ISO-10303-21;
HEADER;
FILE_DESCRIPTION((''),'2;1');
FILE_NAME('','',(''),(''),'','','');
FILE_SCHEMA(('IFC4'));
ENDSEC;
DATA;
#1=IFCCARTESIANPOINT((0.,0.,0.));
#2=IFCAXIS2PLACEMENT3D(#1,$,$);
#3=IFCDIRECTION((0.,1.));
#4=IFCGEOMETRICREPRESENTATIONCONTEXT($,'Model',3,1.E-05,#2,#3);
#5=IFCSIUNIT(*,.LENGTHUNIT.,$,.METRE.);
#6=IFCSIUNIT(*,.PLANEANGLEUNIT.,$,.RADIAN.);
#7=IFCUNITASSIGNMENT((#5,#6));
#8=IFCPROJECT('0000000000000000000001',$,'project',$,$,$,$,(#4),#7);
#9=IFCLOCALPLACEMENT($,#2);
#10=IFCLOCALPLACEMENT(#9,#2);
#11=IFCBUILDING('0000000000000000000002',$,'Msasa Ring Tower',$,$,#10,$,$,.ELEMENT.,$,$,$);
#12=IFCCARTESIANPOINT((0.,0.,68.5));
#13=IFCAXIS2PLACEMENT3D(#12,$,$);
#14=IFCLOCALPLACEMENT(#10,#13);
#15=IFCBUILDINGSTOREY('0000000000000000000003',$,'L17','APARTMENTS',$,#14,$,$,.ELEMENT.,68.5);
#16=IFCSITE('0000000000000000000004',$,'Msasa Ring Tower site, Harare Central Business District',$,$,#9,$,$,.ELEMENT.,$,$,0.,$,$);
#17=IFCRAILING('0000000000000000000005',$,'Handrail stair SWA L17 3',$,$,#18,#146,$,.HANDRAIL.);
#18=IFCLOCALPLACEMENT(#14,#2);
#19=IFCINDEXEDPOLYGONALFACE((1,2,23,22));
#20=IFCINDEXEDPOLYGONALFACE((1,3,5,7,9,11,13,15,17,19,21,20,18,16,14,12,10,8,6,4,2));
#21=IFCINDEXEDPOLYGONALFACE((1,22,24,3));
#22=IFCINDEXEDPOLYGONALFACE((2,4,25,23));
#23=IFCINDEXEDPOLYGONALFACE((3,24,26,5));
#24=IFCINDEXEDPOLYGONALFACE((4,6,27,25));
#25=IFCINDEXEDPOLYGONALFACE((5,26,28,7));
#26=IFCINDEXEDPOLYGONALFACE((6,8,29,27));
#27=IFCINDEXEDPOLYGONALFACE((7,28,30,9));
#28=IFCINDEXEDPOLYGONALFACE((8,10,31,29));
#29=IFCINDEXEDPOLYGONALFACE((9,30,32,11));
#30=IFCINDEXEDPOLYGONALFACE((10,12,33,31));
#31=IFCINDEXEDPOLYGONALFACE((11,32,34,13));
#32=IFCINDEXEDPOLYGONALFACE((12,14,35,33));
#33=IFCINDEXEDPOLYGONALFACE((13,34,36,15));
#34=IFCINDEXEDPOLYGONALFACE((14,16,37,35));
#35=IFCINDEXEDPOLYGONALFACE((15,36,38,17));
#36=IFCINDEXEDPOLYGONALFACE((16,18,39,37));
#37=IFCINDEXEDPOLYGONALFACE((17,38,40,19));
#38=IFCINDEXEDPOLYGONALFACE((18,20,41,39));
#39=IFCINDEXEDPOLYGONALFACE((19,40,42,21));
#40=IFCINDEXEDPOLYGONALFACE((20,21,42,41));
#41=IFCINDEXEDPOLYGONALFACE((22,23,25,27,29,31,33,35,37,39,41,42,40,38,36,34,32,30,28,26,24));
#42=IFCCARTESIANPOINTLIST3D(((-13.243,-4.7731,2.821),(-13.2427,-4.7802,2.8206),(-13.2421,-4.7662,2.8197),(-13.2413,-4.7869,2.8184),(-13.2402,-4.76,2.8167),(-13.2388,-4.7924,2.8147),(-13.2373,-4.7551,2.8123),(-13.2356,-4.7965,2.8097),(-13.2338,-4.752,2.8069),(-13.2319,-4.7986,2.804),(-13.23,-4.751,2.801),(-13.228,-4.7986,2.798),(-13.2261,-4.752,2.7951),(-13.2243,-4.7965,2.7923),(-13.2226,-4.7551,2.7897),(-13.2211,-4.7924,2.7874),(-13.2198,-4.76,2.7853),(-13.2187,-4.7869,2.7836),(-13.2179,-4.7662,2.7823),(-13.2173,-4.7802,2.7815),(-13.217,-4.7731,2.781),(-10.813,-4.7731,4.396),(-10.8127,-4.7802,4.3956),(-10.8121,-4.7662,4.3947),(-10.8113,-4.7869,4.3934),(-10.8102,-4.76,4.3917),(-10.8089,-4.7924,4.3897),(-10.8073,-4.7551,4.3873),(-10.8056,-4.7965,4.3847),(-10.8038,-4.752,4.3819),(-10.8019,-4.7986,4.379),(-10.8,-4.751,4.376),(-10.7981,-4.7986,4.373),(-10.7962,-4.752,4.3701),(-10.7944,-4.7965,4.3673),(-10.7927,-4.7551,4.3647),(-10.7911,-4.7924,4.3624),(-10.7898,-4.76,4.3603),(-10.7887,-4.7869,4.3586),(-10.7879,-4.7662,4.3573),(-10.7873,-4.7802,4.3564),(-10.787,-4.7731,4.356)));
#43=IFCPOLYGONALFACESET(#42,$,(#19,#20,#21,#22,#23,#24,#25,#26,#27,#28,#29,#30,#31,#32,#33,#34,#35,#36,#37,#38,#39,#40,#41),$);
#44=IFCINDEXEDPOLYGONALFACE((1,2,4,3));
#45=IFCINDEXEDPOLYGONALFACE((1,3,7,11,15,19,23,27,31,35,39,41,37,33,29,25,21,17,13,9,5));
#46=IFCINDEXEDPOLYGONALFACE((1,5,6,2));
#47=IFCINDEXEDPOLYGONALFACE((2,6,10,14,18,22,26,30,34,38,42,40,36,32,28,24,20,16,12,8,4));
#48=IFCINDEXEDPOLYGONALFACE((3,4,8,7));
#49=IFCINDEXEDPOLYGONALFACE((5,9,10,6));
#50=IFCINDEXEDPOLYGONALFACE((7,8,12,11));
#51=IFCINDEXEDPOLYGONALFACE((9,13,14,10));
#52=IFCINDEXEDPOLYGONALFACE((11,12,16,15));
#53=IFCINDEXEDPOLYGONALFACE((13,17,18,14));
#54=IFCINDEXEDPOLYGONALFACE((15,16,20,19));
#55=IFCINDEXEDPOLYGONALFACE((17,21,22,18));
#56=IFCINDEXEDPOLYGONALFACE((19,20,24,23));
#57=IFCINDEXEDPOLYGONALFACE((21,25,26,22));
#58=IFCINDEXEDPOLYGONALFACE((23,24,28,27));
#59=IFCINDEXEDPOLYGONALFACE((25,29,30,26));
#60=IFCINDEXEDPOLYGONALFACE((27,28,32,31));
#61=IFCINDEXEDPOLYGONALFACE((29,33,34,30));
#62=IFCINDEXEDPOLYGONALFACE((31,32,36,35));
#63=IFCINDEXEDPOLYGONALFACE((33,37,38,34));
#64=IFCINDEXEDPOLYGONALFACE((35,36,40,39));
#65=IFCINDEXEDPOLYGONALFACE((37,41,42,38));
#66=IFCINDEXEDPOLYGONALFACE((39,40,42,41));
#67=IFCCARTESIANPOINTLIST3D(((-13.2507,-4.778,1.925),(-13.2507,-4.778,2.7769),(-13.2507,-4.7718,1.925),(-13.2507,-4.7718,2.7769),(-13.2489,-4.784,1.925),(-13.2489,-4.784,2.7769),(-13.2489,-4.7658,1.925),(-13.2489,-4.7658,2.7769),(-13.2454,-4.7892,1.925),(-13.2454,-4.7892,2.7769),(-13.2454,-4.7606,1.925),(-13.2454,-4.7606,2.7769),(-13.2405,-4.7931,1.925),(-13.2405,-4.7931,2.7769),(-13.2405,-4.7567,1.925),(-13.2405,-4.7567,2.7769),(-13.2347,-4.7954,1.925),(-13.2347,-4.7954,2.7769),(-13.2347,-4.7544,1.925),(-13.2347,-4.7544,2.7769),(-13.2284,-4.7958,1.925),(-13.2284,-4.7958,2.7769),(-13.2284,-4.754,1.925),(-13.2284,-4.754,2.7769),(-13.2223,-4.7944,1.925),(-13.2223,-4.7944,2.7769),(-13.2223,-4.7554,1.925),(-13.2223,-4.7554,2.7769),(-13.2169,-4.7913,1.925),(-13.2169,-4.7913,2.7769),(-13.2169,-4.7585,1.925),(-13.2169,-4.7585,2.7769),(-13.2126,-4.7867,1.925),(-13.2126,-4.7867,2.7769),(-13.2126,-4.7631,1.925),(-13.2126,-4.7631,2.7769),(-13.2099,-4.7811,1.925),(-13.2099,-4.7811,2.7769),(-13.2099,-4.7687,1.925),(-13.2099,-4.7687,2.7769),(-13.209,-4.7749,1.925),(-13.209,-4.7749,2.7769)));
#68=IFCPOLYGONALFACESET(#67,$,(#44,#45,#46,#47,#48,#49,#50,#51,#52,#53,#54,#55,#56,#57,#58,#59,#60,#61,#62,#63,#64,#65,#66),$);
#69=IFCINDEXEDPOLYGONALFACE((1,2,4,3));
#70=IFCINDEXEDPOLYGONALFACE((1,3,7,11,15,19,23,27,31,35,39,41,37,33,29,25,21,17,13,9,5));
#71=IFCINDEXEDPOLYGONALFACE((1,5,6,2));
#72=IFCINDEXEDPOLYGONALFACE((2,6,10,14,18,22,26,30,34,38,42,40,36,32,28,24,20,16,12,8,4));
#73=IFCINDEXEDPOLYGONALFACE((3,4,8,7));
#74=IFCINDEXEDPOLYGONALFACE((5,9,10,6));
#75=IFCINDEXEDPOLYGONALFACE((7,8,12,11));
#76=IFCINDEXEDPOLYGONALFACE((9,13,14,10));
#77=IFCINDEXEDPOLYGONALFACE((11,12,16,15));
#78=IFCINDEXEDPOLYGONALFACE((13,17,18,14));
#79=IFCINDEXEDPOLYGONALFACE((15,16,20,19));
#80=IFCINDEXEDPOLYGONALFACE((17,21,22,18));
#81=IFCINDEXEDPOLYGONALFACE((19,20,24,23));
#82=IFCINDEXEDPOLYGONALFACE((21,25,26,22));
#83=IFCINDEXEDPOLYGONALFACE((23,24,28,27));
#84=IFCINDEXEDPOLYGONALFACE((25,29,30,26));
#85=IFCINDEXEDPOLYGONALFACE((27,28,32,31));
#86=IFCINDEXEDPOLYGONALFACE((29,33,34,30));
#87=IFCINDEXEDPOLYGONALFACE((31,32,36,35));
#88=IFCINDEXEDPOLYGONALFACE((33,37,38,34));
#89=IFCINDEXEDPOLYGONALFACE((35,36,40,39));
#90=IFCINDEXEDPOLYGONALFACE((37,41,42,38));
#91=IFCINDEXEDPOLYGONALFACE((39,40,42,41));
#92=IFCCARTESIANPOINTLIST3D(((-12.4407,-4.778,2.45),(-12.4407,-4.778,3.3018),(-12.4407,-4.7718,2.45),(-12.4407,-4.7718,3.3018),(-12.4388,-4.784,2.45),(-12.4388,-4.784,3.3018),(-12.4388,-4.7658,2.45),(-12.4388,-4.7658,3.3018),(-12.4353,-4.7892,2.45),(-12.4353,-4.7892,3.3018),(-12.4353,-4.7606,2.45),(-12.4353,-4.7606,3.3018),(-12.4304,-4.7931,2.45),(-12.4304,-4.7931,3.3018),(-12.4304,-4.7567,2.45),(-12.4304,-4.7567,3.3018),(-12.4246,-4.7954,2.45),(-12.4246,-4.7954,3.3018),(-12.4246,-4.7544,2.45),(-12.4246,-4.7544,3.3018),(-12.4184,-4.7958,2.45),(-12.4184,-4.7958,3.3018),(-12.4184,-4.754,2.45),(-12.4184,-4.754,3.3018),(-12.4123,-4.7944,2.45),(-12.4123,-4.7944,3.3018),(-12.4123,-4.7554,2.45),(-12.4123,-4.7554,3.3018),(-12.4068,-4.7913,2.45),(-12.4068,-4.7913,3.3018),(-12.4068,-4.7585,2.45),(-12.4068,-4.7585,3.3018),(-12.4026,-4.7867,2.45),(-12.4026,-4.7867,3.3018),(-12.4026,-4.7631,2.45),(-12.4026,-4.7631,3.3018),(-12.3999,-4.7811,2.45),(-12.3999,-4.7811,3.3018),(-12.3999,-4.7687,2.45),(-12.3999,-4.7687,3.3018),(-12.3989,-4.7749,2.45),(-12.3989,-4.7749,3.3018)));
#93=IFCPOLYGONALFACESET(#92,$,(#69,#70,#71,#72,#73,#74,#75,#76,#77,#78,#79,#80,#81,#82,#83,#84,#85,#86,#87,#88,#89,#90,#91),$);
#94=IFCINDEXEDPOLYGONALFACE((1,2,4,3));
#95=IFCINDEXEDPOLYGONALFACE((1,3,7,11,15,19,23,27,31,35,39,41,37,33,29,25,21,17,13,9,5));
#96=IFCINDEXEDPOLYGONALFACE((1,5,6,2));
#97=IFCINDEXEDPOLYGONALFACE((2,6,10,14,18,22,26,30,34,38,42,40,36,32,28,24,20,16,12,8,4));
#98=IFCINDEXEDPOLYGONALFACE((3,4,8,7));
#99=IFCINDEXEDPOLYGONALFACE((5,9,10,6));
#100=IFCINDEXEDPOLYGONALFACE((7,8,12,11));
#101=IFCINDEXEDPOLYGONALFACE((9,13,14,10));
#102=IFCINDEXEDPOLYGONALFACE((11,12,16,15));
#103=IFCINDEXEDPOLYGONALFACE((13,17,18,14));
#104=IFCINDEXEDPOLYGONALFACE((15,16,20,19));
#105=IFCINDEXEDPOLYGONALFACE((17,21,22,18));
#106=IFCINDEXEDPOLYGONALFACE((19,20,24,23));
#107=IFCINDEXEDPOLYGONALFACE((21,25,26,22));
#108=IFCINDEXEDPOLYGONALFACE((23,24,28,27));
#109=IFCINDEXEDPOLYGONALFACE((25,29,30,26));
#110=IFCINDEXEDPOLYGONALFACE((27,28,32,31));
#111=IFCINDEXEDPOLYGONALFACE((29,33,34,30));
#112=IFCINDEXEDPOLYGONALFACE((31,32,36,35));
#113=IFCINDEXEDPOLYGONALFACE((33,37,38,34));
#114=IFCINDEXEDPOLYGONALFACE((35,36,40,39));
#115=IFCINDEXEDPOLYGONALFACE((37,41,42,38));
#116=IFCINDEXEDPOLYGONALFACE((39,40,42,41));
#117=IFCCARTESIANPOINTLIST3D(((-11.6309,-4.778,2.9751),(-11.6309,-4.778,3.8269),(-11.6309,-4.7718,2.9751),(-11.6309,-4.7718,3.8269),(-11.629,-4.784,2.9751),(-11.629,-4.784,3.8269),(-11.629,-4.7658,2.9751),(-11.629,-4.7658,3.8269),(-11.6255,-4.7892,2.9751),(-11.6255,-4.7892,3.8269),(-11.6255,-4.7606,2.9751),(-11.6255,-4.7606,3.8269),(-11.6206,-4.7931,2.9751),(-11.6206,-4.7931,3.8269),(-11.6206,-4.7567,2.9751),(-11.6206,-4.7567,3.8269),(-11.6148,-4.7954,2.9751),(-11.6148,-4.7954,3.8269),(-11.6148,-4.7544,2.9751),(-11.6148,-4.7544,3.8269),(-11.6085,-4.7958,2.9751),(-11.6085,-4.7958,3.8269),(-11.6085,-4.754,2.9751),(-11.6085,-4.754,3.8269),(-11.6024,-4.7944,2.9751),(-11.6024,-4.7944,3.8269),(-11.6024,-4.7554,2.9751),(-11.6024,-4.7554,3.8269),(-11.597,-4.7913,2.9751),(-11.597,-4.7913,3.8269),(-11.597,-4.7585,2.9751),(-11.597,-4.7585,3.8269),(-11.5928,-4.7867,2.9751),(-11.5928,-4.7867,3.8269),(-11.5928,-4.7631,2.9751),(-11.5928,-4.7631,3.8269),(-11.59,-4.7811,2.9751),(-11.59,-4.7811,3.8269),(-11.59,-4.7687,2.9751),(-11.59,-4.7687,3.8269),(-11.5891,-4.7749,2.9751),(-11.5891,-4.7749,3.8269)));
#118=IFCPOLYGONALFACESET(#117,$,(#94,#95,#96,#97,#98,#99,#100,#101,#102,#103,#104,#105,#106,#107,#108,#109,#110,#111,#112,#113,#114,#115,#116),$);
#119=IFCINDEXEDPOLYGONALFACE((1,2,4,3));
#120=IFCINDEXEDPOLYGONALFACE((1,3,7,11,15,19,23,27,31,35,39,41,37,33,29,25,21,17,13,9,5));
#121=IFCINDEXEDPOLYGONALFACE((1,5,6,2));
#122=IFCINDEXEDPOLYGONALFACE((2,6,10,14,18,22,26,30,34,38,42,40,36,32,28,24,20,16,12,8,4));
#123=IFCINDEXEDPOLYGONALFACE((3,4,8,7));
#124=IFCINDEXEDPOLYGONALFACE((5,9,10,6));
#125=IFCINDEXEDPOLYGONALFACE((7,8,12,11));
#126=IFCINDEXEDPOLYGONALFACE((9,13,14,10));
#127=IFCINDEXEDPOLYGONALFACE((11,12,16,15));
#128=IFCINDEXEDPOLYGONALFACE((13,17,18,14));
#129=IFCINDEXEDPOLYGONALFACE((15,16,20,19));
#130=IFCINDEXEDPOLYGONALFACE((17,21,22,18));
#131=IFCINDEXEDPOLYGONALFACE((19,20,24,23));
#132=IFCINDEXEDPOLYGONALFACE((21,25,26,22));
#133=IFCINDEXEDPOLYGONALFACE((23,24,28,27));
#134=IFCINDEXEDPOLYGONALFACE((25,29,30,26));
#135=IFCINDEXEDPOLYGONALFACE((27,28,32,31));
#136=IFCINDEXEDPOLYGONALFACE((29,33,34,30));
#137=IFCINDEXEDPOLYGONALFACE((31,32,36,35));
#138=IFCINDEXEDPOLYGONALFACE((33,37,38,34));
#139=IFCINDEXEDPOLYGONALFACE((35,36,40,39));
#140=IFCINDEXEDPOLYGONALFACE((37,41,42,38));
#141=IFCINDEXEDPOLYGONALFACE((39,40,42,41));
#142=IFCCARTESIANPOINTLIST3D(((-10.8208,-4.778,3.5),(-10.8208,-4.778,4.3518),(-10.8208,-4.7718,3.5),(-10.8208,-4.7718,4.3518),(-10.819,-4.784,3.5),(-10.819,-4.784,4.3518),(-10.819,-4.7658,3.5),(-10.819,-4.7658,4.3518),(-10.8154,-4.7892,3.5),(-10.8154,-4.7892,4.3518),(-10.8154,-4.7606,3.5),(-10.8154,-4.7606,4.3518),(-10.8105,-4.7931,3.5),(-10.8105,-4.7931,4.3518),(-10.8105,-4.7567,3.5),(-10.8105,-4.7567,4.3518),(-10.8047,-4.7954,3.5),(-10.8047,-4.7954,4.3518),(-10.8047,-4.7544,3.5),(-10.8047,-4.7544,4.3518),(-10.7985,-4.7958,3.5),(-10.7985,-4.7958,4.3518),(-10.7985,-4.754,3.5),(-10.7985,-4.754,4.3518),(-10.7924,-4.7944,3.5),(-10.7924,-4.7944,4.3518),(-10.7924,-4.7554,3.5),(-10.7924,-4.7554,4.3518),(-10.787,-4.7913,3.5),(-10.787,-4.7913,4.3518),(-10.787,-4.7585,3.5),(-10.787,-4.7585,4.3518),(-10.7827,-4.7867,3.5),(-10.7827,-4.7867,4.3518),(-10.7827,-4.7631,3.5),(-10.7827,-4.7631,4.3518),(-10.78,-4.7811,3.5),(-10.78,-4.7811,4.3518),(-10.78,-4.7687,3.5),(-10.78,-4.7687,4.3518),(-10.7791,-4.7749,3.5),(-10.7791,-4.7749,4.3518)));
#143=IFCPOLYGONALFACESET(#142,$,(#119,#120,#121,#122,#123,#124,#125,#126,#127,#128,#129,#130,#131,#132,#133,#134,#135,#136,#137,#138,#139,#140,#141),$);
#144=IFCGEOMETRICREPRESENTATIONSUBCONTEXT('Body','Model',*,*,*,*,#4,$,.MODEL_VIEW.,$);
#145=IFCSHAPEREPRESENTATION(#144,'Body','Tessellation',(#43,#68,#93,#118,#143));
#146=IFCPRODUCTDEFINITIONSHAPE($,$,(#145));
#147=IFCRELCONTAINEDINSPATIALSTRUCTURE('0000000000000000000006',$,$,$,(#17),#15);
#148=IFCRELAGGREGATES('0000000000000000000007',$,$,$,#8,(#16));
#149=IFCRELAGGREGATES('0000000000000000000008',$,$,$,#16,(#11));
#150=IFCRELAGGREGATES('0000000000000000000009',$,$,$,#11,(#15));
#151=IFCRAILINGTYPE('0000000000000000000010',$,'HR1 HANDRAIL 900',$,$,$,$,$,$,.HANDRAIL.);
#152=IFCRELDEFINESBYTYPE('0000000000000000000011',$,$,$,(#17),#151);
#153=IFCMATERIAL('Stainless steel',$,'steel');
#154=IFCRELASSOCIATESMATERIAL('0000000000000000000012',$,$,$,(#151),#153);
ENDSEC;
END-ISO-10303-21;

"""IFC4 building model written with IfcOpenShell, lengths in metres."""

from ifc_helpers import new_model, si_unit, direction, frame, origin, origin_2d, place, context, subcontext, project, spatial, circle, extrude, material, type_object, element, save


model = new_model("IFC4")

# Units and contexts
model_context = context("Model", 3, precision=1e-05, world=origin(), true_north=direction((0.0, 1.0)))
body_context = subcontext(model_context, "Body", "Model", "MODEL_VIEW")
ifc_project = project(units=[si_unit("LENGTHUNIT", "METRE"), si_unit("PLANEANGLEUNIT", "RADIAN")], contexts=[model_context])

# Site, building, storey
site_placement = place(None, origin())
site = spatial("IfcSite", under=ifc_project, at=site_placement, Name="Msasa Ring Tower site, Harare Central Business District", CompositionType="ELEMENT", RefElevation=0.0)
building_placement = place(site_placement, origin())
building = spatial("IfcBuilding", under=site, at=building_placement, Name="Msasa Ring Tower", CompositionType="ELEMENT")
storey_placement = place(building_placement, frame((0.0, 0.0, 68.5)))
storey = spatial("IfcBuildingStorey", under=building, at=storey_placement, Name="L17", Description="APARTMENTS", CompositionType="ELEMENT", Elevation=68.5)

# Railing
ifc_material_1 = material(Name="Stainless steel", Category="steel")
railing_type = type_object("IfcRailingType", Name="HR1 HANDRAIL 900", PredefinedType="HANDRAIL", material=ifc_material_1)
for number, where, name in (
    (1, (-13.23, -4.7749, 1.925), "Handrail stair SWA L17 3"),
):
    element("IfcRailing", number, at=place(storey_placement, frame(where)), inside=storey, type_object=railing_type, Name=name, PredefinedType="HANDRAIL", context=body_context, shape_type="SweptSolid", body=[
        extrude(circle(Radius=0.0239, at=origin_2d()), frame((0.0, 0.0, 0.876), z_axis=(0.839154, 0.0, 0.543894), x_axis=(0.0, 1.0, 0.0)), (0.0, 0.0, 1.0), 2.8958),
        extrude(circle(Radius=0.021, at=origin_2d()), origin(), (0.0, 0.0, 1.0), 0.8518),
        extrude(circle(Radius=0.021, at=origin_2d()), frame((0.8101, 0.0, 0.5249)), (0.0, 0.0, 1.0), 0.8518),
        extrude(circle(Radius=0.021, at=origin_2d()), frame((1.6199, 0.0, 1.05)), (0.0, 0.0, 1.0), 0.8518),
        extrude(circle(Radius=0.021, at=origin_2d()), frame((2.4299, 0.0, 1.575)), (0.0, 0.0, 1.0), 0.8518),
    ])

save(model, "model.ifc")
